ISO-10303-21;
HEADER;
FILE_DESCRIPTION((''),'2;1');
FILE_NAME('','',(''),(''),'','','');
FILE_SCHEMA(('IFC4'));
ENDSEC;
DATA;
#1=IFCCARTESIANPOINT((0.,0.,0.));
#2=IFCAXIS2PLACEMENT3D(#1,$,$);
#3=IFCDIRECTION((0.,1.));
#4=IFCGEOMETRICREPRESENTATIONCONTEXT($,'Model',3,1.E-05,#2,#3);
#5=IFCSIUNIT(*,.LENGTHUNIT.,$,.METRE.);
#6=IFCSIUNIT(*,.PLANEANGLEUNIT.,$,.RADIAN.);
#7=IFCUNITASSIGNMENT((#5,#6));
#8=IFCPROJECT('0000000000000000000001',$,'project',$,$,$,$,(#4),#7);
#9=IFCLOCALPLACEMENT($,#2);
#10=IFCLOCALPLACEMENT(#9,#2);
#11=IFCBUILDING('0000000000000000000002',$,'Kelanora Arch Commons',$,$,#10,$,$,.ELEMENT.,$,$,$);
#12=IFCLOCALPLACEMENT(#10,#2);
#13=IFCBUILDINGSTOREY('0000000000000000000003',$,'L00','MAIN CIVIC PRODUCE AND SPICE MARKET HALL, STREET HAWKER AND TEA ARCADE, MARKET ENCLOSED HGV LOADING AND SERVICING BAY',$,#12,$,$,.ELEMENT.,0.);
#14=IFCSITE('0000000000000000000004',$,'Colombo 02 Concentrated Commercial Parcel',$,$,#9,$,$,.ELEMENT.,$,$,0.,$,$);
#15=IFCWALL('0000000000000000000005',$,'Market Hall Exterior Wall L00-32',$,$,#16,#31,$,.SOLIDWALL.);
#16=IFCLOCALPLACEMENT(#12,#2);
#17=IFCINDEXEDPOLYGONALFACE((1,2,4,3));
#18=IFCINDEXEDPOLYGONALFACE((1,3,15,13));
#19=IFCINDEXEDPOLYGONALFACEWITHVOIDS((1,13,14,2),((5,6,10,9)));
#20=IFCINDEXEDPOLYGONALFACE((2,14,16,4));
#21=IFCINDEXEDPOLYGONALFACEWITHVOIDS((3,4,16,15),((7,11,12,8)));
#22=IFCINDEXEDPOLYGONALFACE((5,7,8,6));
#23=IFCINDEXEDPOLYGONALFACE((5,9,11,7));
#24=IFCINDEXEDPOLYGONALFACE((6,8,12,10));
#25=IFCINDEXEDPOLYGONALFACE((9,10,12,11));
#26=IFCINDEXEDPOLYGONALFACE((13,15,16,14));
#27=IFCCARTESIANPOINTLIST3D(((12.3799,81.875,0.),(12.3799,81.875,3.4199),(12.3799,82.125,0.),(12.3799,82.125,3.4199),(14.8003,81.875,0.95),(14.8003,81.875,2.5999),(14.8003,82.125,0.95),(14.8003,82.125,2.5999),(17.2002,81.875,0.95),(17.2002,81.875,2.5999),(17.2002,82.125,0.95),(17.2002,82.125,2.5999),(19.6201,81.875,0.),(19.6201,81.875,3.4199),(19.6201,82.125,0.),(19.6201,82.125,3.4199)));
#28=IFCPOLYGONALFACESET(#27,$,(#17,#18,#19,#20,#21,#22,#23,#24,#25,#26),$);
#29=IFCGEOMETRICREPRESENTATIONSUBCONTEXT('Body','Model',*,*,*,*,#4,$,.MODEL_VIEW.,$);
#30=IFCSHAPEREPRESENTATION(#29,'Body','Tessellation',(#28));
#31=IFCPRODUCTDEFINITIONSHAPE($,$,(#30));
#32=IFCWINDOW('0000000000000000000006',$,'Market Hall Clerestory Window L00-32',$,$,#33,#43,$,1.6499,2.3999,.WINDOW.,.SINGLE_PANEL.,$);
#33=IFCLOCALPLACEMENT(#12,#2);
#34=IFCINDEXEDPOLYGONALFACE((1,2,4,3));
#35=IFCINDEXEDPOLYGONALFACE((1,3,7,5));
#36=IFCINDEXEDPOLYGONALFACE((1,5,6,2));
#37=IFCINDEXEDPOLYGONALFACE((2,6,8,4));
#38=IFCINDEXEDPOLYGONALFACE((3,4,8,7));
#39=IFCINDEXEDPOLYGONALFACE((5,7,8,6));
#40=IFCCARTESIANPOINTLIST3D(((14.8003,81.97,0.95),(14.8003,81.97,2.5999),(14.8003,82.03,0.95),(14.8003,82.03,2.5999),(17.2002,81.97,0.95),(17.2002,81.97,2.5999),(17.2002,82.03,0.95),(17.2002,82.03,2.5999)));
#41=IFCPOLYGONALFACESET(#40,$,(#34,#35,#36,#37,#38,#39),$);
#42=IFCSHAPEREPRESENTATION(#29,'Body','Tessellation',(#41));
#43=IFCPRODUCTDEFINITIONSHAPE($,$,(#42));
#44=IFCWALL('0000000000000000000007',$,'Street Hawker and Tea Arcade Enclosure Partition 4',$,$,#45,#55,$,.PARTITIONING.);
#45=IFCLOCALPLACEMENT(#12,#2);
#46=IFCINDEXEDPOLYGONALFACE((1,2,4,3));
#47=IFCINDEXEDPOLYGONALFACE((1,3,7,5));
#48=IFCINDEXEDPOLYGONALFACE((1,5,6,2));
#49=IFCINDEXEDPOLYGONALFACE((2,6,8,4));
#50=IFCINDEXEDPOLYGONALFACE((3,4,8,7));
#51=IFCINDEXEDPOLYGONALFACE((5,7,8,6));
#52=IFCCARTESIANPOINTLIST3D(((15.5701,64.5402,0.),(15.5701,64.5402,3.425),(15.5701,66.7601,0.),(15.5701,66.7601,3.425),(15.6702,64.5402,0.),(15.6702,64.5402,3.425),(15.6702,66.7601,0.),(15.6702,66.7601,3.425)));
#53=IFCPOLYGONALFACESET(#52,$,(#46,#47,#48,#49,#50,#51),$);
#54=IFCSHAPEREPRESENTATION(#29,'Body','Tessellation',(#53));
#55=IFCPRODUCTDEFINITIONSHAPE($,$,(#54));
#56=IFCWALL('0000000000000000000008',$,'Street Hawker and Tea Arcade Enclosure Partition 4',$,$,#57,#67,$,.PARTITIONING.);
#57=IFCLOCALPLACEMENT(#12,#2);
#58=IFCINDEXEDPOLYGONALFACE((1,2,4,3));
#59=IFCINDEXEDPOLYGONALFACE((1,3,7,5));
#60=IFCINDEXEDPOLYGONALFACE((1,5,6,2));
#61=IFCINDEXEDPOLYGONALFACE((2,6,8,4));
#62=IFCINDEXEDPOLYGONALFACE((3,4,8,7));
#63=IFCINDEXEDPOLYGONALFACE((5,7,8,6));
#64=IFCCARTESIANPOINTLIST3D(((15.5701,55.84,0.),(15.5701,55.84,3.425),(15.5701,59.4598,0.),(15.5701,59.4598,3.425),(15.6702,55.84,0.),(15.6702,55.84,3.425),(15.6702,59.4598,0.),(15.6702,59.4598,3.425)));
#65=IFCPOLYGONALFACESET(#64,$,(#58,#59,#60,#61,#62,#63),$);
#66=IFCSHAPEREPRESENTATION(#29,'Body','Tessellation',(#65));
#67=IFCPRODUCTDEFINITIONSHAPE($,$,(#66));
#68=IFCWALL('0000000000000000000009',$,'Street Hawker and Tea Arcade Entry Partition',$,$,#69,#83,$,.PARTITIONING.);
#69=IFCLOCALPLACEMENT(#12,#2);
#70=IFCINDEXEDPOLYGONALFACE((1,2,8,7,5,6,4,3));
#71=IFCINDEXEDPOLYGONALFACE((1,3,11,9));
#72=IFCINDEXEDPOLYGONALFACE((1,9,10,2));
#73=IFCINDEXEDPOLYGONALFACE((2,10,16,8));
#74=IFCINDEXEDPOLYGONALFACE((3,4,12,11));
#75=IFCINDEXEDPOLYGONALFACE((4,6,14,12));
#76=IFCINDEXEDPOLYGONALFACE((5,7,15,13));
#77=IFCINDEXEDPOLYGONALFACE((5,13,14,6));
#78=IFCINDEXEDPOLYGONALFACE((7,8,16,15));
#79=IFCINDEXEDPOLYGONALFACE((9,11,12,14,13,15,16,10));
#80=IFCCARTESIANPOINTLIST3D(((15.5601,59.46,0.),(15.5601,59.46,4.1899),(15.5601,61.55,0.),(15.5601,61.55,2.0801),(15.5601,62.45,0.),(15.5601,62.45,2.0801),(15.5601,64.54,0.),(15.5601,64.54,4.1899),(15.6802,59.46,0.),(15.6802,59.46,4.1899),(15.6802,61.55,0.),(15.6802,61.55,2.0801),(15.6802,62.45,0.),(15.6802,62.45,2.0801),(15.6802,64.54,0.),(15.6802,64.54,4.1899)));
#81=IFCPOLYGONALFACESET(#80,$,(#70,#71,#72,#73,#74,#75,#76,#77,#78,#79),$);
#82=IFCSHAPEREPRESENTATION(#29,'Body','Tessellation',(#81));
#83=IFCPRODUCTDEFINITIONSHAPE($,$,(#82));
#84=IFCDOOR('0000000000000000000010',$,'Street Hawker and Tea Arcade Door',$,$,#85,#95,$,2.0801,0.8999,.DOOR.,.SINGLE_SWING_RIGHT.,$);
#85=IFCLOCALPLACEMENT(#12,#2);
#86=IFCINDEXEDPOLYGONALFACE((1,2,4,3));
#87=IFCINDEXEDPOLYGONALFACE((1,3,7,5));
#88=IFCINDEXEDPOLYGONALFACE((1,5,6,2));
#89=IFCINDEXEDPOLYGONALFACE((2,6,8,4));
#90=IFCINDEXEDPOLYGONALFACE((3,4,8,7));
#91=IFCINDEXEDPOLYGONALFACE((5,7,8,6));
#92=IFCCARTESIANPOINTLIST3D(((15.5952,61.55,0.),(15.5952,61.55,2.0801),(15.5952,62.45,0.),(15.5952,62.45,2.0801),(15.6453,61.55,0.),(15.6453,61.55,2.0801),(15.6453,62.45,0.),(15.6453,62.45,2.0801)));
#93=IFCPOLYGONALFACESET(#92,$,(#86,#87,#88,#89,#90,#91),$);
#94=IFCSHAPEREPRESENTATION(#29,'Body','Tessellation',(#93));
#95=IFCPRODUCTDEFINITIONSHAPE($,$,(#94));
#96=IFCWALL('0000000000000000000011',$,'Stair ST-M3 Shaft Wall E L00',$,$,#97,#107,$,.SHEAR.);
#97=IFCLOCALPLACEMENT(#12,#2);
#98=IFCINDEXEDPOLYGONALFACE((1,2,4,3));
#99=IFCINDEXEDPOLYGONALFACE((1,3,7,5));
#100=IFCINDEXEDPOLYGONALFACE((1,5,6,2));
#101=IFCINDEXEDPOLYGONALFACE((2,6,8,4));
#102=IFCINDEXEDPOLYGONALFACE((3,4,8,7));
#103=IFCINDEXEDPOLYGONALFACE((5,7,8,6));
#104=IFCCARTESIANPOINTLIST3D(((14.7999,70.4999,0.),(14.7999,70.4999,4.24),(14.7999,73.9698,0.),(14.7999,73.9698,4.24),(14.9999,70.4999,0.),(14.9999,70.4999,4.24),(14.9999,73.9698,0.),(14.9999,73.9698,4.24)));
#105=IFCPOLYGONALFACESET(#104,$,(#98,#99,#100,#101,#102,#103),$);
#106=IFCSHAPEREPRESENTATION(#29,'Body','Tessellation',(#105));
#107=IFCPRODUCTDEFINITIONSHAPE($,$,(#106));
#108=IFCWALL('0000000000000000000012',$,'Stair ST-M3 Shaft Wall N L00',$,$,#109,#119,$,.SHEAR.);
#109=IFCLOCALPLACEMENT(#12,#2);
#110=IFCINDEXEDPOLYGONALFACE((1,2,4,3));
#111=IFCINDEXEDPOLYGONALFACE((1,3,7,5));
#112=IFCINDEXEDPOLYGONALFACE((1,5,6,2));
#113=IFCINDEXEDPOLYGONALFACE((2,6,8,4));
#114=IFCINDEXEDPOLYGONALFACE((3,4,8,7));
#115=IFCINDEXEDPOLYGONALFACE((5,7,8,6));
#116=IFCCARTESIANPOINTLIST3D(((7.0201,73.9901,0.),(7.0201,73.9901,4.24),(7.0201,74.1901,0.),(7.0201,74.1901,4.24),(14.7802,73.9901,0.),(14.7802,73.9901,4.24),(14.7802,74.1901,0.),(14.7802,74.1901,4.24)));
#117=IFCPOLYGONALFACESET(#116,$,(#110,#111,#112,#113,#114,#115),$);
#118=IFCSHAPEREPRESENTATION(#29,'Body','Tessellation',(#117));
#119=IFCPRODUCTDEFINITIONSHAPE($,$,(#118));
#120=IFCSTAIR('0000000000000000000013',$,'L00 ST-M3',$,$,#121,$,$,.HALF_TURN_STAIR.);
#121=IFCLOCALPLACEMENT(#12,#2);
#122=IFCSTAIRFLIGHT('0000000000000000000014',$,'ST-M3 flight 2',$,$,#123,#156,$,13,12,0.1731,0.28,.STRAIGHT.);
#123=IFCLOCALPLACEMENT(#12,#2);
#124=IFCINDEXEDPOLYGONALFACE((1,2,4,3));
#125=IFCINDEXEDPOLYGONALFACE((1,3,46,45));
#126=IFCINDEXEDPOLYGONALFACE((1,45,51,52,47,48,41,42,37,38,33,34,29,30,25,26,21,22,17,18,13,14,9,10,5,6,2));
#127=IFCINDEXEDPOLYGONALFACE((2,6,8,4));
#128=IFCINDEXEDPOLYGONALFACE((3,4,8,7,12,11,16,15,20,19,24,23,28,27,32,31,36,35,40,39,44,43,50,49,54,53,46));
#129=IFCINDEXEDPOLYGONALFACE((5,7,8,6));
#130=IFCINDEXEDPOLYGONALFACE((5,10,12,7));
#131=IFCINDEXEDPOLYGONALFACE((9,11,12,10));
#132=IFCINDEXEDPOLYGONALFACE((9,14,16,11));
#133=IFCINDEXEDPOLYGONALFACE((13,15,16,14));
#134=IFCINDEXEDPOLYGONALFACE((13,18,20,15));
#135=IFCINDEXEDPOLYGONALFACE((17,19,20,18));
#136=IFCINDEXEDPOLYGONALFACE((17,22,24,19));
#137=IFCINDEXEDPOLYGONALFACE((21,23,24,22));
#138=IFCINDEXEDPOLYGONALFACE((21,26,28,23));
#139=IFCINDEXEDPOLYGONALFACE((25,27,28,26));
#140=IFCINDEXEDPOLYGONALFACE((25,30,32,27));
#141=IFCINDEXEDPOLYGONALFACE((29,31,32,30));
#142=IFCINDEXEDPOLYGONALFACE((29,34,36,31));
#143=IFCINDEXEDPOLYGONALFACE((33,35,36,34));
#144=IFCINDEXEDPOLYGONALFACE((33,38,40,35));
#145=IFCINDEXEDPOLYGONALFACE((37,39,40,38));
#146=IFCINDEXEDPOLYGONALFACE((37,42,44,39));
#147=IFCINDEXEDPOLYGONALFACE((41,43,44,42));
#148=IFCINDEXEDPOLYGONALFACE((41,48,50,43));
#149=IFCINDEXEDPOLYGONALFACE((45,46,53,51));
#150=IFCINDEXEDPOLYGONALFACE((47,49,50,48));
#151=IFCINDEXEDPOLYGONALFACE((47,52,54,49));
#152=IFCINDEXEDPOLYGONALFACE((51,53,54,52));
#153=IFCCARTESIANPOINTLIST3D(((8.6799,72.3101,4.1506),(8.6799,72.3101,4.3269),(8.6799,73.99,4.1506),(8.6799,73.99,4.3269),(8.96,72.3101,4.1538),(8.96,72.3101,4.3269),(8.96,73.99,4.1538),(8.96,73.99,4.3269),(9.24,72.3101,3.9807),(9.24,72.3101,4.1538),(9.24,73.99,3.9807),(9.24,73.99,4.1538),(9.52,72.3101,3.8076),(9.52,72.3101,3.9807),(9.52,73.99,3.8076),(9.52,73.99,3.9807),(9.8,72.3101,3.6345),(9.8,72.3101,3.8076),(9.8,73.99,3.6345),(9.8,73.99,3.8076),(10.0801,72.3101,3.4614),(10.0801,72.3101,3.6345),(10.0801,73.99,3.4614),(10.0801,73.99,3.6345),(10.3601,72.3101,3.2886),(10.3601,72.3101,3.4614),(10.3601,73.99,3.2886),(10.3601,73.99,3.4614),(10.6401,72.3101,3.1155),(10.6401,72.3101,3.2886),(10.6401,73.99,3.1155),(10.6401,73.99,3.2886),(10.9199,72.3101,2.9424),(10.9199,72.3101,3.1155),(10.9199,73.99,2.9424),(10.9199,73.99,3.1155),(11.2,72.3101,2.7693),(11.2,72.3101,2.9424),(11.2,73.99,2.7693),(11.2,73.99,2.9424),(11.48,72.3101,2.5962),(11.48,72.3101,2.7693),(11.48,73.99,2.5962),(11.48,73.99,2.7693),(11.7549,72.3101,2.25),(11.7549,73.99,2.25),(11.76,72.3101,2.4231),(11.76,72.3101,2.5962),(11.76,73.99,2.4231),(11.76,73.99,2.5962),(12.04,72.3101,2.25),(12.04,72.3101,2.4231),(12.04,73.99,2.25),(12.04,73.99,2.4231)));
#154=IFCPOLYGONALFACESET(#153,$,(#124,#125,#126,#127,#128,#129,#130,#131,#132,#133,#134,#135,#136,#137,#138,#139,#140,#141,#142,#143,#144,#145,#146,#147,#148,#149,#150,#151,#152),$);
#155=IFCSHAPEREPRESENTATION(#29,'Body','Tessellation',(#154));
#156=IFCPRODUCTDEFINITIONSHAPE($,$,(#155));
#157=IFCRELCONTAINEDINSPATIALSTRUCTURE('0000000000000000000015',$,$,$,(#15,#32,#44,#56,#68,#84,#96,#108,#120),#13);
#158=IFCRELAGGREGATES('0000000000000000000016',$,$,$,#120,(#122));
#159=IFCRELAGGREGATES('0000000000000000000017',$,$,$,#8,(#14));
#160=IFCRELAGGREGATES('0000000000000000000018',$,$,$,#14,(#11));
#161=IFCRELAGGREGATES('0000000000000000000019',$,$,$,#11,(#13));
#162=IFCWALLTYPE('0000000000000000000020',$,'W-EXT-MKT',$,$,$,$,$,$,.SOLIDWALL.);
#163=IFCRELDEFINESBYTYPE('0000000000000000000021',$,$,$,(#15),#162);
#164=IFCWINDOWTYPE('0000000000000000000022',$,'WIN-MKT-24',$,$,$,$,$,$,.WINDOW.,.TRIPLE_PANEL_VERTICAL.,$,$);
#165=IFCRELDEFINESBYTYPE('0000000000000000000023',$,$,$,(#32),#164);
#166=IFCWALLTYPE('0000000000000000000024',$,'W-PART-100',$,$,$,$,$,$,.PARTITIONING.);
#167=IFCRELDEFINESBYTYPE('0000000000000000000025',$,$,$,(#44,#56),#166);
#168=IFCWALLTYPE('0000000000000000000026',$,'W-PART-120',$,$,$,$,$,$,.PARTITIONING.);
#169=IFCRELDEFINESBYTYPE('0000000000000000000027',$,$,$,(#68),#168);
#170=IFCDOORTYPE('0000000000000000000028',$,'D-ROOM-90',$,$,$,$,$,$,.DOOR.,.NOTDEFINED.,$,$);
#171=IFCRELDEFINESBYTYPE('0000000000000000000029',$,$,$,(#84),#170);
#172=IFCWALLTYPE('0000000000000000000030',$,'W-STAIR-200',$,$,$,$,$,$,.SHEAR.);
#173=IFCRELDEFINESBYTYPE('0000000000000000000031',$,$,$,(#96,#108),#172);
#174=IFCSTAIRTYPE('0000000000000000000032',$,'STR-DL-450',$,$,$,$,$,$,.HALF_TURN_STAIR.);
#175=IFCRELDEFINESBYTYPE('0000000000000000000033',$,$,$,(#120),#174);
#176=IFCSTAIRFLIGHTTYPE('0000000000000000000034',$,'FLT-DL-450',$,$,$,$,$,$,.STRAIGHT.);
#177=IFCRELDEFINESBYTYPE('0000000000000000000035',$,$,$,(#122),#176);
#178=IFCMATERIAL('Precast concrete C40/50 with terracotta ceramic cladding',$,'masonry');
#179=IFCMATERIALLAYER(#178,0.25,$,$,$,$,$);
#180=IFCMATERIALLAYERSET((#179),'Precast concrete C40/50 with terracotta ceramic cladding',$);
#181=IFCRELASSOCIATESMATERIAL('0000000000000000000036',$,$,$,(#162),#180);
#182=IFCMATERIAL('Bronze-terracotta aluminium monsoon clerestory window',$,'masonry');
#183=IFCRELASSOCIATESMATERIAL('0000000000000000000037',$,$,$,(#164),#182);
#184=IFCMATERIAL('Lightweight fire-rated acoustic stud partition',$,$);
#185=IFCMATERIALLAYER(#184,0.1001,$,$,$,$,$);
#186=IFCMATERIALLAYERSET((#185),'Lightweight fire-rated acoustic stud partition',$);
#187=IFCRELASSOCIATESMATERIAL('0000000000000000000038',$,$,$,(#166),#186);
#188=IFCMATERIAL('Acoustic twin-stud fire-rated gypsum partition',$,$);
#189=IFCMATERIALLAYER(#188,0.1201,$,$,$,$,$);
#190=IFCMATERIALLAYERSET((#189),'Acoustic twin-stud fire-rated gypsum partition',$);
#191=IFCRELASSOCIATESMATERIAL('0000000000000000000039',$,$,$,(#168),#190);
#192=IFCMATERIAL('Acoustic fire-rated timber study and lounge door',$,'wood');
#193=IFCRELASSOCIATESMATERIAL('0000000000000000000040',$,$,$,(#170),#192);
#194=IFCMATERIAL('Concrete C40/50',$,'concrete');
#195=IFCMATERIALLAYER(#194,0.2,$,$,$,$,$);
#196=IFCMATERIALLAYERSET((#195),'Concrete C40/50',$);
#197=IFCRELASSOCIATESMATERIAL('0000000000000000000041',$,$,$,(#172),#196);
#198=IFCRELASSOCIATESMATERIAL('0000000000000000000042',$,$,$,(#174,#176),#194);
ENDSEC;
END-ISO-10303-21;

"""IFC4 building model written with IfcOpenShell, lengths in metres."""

from ifc_helpers import new_model, si_unit, direction, frame, frame_2d, origin, place, context, subcontext, project, spatial, polyline, rectangle, outline, extrude, material, layer, layer_set, type_object, element, fill, aggregate, save


model = new_model("IFC4")

# Units and contexts
model_context = context("Model", 3, precision=1e-05, world=origin(), true_north=direction((0.0, 1.0)))
body_context = subcontext(model_context, "Body", "Model", "MODEL_VIEW")
ifc_project = project(units=[si_unit("LENGTHUNIT", "METRE"), si_unit("PLANEANGLEUNIT", "RADIAN")], contexts=[model_context])

# Site, building, storey
site_placement = place(None, origin())
site = spatial("IfcSite", under=ifc_project, at=site_placement, Name="Colombo 02 Concentrated Commercial Parcel", CompositionType="ELEMENT", RefElevation=0.0)
building_placement = place(site_placement, origin())
building = spatial("IfcBuilding", under=site, at=building_placement, Name="Kelanora Arch Commons", CompositionType="ELEMENT")
storey_placement = place(building_placement, origin())
storey = spatial("IfcBuildingStorey", under=building, at=storey_placement, Name="L00", Description="MAIN CIVIC PRODUCE AND SPICE MARKET HALL, STREET HAWKER AND TEA ARCADE, MARKET ENCLOSED HGV LOADING AND SERVICING BAY", CompositionType="ELEMENT", Elevation=0.0)

# Shared definitions
ifc_material_1 = material(Name="Concrete C40/50", Category="concrete")

# Wall, opening, window
ifc_material_2 = material(Name="Precast concrete C40/50 with terracotta ceramic cladding", Category="masonry")
ifc_layer_1 = layer(ifc_material_2, 0.25)
ifc_layer_set_1 = layer_set([ifc_layer_1], Name="Precast concrete C40/50 with terracotta ceramic cladding")
wall_type_1 = type_object("IfcWallType", Name="W-EXT-MKT", PredefinedType="SOLIDWALL", material=ifc_layer_set_1)
ifc_material_3 = material(Name="Bronze-terracotta aluminium monsoon clerestory window", Category="masonry")
window_type = type_object("IfcWindowType", Name="WIN-MKT-24", PartitioningType="TRIPLE_PANEL_VERTICAL", PredefinedType="WINDOW", material=ifc_material_3)
wall_1_placement = place(storey_placement, frame((19.6201, 82.0, 0.0), z_axis=(0.0, 0.0, 1.0), x_axis=(-1.0, 0.0, 0.0)))
wall_1 = element("IfcWall", 1, at=wall_1_placement, inside=storey, type_object=wall_type_1, Name="Market Hall Exterior Wall L00-32", PredefinedType="SOLIDWALL", context=body_context, shape_type="SweptSolid", body=[
    extrude(rectangle(XDim=7.2402, YDim=0.25, at=frame_2d((3.6201, 0.0))), origin(), (0.0, 0.0, 1.0), 3.4199),
])
opening_1_placement = place(wall_1_placement, frame((2.4199, 0.0, 0.95)))
opening_1 = element("IfcOpeningElement", 2, at=opening_1_placement, cuts=wall_1, PredefinedType="OPENING", context=body_context, shape_type="SweptSolid", body=[
    extrude(rectangle(XDim=2.3999, YDim=1.6499, at=frame_2d((1.2, 0.825))), frame((0.0, 0.135, 0.0), z_axis=(0.0, -1.0, 0.0), x_axis=(1.0, 0.0, 0.0)), (0.0, 0.0, 1.0), 0.27),
])
window_1_placement = place(opening_1_placement, origin())
window_1 = element("IfcWindow", 3, at=window_1_placement, inside=storey, type_object=window_type, Name="Market Hall Clerestory Window L00-32", OverallHeight=1.6499, OverallWidth=2.3999, PartitioningType="SINGLE_PANEL", PredefinedType="WINDOW", context=body_context, shape_type="SweptSolid", body=[
    extrude(rectangle(XDim=2.3999, YDim=1.6499, at=frame_2d((1.2, 0.825))), frame((0.0, 0.03, 0.0), z_axis=(0.0, -1.0, 0.0), x_axis=(1.0, 0.0, 0.0)), (0.0, 0.0, 1.0), 0.0601),
])
fill(opening_1, window_1)

# Walls
ifc_material_4 = material(Name="Lightweight fire-rated acoustic stud partition")
ifc_layer_2 = layer(ifc_material_4, 0.1001)
ifc_layer_set_2 = layer_set([ifc_layer_2], Name="Lightweight fire-rated acoustic stud partition")
wall_type_2 = type_object("IfcWallType", Name="W-PART-100", PredefinedType="PARTITIONING", material=ifc_layer_set_2)
wall_2_placement = place(storey_placement, frame((15.6201, 66.76, 0.0), z_axis=(0.0, 0.0, 1.0), x_axis=(0.0, -1.0, 0.0)))
element("IfcWall", 4, at=wall_2_placement, inside=storey, type_object=wall_type_2, Name="Street Hawker and Tea Arcade Enclosure Partition 4", PredefinedType="PARTITIONING", context=body_context, shape_type="SweptSolid", body=[
    extrude(rectangle(XDim=2.22, YDim=0.1001, at=frame_2d((1.1099, 0.0))), origin(), (0.0, 0.0, 1.0), 3.425),
])
wall_3_placement = place(storey_placement, frame((15.6201, 59.46, 0.0), z_axis=(0.0, 0.0, 1.0), x_axis=(0.0, -1.0, 0.0)))
element("IfcWall", 5, at=wall_3_placement, inside=storey, type_object=wall_type_2, Name="Street Hawker and Tea Arcade Enclosure Partition 4", PredefinedType="PARTITIONING", context=body_context, shape_type="SweptSolid", body=[
    extrude(rectangle(XDim=3.6199, YDim=0.1001, at=frame_2d((1.8101, 0.0))), origin(), (0.0, 0.0, 1.0), 3.425),
])

# Wall, opening, door
ifc_material_5 = material(Name="Acoustic twin-stud fire-rated gypsum partition")
ifc_layer_3 = layer(ifc_material_5, 0.1201)
ifc_layer_set_3 = layer_set([ifc_layer_3], Name="Acoustic twin-stud fire-rated gypsum partition")
wall_type_3 = type_object("IfcWallType", Name="W-PART-120", PredefinedType="PARTITIONING", material=ifc_layer_set_3)
wall_4_placement = place(storey_placement, frame((15.6201, 59.46, 0.0), z_axis=(0.0, 0.0, 1.0), x_axis=(0.0, 1.0, 0.0)))
wall_4 = element("IfcWall", 6, at=wall_4_placement, inside=storey, type_object=wall_type_3, Name="Street Hawker and Tea Arcade Entry Partition", PredefinedType="PARTITIONING", context=body_context, shape_type="SweptSolid", body=[
    extrude(rectangle(XDim=5.0801, YDim=0.1201, at=frame_2d((2.54, 0.0))), origin(), (0.0, 0.0, 1.0), 4.1899),
])
opening_2_placement = place(wall_4_placement, frame((2.0901, 0.0, 0.0)))
opening_2 = element("IfcOpeningElement", 7, at=opening_2_placement, cuts=wall_4, PredefinedType="OPENING", context=body_context, shape_type="SweptSolid", body=[
    extrude(rectangle(XDim=0.8999, YDim=2.0801, at=frame_2d((0.45, 1.04))), frame((0.0, 0.0701, 0.0), z_axis=(0.0, -1.0, 0.0), x_axis=(1.0, 0.0, 0.0)), (0.0, 0.0, 1.0), 0.1401),
])
ifc_material_6 = material(Name="Acoustic fire-rated timber study and lounge door", Category="wood")
door_type = type_object("IfcDoorType", Name="D-ROOM-90", OperationType="NOTDEFINED", PredefinedType="DOOR", material=ifc_material_6)
door_placement = place(opening_2_placement, origin())
door = element("IfcDoor", 8, at=door_placement, inside=storey, type_object=door_type, Name="Street Hawker and Tea Arcade Door", OperationType="SINGLE_SWING_RIGHT", OverallHeight=2.0801, OverallWidth=0.8999, PredefinedType="DOOR", context=body_context, shape_type="SweptSolid", body=[
    extrude(rectangle(XDim=0.8999, YDim=2.0801, at=frame_2d((0.45, 1.04))), frame((0.0, 0.0249, 0.0), z_axis=(0.0, -1.0, 0.0), x_axis=(1.0, 0.0, 0.0)), (0.0, 0.0, 1.0), 0.05),
])
fill(opening_2, door)

# Walls
ifc_layer_4 = layer(ifc_material_1, 0.2)
ifc_layer_set_4 = layer_set([ifc_layer_4], Name="Concrete C40/50")
wall_type_4 = type_object("IfcWallType", Name="W-STAIR-200", PredefinedType="SHEAR", material=ifc_layer_set_4)
wall_5_placement = place(storey_placement, frame((14.8999, 70.5, 0.0), z_axis=(0.0, 0.0, 1.0), x_axis=(0.0, 1.0, 0.0)))
element("IfcWall", 9, at=wall_5_placement, inside=storey, type_object=wall_type_4, Name="Stair ST-M3 Shaft Wall E L00", PredefinedType="SHEAR", context=body_context, shape_type="SweptSolid", body=[
    extrude(rectangle(XDim=3.47, YDim=0.2, at=frame_2d((1.7349, 0.0))), origin(), (0.0, 0.0, 1.0), 4.24),
])
wall_6_placement = place(storey_placement, frame((14.78, 74.0901, 0.0), z_axis=(0.0, 0.0, 1.0), x_axis=(-1.0, 0.0, 0.0)))
element("IfcWall", 10, at=wall_6_placement, inside=storey, type_object=wall_type_4, Name="Stair ST-M3 Shaft Wall N L00", PredefinedType="SHEAR", context=body_context, shape_type="SweptSolid", body=[
    extrude(rectangle(XDim=7.76, YDim=0.2, at=frame_2d((3.8799, 0.0))), origin(), (0.0, 0.0, 1.0), 4.24),
])

# Stair, stair flight
stair_type = type_object("IfcStairType", Name="STR-DL-450", PredefinedType="HALF_TURN_STAIR", material=ifc_material_1)
stair_placement = place(storey_placement, origin())
stair = element("IfcStair", 11, at=stair_placement, inside=storey, type_object=stair_type, Name="L00 ST-M3", PredefinedType="HALF_TURN_STAIR")
stair_flight_type = type_object("IfcStairFlightType", Name="FLT-DL-450", PredefinedType="STRAIGHT", material=ifc_material_1)
stair_flight_placement = place(storey_placement, frame((12.04, 73.1499, 2.25), z_axis=(0.0, 0.0, 1.0), x_axis=(-1.0, 0.0, 0.0)))
stair_flight = element("IfcStairFlight", 12, at=stair_flight_placement, type_object=stair_flight_type, Name="ST-M3 flight 2", NumberOfRisers=13, NumberOfTreads=12, PredefinedType="STRAIGHT", RiserHeight=0.1731, TreadLength=0.28, context=body_context, shape_type="SweptSolid", body=[
    extrude(outline(polyline([(0.0, 0.0), (0.0, 0.1731), (0.28, 0.1731), (0.28, 0.3462), (0.5601, 0.3462), (0.5601, 0.5193), (0.8401, 0.5193), (0.8401, 0.6924), (1.1201, 0.6924), (1.1201, 0.8655), (1.3999, 0.8655), (1.3999, 1.0386), (1.6799, 1.0386), (1.6799, 1.2114), (1.96, 1.2114), (1.96, 1.3845), (2.24, 1.3845), (2.24, 1.5576), (2.52, 1.5576), (2.52, 1.7307), (2.8, 1.7307), (2.8, 1.9038), (3.0801, 1.9038), (3.0801, 2.0769), (3.3601, 2.0769), (3.3601, 2.25), (3.3601, 1.9006), (0.2852, 0.0), (0.0, 0.0)])), frame((0.0, 0.8398, 0.0), z_axis=(0.0, -1.0, 0.0), x_axis=(1.0, 0.0, 0.0)), (0.0, 0.0, 1.0), 1.6799),
])
aggregate(stair, [stair_flight])

save(model, "model.ifc")
